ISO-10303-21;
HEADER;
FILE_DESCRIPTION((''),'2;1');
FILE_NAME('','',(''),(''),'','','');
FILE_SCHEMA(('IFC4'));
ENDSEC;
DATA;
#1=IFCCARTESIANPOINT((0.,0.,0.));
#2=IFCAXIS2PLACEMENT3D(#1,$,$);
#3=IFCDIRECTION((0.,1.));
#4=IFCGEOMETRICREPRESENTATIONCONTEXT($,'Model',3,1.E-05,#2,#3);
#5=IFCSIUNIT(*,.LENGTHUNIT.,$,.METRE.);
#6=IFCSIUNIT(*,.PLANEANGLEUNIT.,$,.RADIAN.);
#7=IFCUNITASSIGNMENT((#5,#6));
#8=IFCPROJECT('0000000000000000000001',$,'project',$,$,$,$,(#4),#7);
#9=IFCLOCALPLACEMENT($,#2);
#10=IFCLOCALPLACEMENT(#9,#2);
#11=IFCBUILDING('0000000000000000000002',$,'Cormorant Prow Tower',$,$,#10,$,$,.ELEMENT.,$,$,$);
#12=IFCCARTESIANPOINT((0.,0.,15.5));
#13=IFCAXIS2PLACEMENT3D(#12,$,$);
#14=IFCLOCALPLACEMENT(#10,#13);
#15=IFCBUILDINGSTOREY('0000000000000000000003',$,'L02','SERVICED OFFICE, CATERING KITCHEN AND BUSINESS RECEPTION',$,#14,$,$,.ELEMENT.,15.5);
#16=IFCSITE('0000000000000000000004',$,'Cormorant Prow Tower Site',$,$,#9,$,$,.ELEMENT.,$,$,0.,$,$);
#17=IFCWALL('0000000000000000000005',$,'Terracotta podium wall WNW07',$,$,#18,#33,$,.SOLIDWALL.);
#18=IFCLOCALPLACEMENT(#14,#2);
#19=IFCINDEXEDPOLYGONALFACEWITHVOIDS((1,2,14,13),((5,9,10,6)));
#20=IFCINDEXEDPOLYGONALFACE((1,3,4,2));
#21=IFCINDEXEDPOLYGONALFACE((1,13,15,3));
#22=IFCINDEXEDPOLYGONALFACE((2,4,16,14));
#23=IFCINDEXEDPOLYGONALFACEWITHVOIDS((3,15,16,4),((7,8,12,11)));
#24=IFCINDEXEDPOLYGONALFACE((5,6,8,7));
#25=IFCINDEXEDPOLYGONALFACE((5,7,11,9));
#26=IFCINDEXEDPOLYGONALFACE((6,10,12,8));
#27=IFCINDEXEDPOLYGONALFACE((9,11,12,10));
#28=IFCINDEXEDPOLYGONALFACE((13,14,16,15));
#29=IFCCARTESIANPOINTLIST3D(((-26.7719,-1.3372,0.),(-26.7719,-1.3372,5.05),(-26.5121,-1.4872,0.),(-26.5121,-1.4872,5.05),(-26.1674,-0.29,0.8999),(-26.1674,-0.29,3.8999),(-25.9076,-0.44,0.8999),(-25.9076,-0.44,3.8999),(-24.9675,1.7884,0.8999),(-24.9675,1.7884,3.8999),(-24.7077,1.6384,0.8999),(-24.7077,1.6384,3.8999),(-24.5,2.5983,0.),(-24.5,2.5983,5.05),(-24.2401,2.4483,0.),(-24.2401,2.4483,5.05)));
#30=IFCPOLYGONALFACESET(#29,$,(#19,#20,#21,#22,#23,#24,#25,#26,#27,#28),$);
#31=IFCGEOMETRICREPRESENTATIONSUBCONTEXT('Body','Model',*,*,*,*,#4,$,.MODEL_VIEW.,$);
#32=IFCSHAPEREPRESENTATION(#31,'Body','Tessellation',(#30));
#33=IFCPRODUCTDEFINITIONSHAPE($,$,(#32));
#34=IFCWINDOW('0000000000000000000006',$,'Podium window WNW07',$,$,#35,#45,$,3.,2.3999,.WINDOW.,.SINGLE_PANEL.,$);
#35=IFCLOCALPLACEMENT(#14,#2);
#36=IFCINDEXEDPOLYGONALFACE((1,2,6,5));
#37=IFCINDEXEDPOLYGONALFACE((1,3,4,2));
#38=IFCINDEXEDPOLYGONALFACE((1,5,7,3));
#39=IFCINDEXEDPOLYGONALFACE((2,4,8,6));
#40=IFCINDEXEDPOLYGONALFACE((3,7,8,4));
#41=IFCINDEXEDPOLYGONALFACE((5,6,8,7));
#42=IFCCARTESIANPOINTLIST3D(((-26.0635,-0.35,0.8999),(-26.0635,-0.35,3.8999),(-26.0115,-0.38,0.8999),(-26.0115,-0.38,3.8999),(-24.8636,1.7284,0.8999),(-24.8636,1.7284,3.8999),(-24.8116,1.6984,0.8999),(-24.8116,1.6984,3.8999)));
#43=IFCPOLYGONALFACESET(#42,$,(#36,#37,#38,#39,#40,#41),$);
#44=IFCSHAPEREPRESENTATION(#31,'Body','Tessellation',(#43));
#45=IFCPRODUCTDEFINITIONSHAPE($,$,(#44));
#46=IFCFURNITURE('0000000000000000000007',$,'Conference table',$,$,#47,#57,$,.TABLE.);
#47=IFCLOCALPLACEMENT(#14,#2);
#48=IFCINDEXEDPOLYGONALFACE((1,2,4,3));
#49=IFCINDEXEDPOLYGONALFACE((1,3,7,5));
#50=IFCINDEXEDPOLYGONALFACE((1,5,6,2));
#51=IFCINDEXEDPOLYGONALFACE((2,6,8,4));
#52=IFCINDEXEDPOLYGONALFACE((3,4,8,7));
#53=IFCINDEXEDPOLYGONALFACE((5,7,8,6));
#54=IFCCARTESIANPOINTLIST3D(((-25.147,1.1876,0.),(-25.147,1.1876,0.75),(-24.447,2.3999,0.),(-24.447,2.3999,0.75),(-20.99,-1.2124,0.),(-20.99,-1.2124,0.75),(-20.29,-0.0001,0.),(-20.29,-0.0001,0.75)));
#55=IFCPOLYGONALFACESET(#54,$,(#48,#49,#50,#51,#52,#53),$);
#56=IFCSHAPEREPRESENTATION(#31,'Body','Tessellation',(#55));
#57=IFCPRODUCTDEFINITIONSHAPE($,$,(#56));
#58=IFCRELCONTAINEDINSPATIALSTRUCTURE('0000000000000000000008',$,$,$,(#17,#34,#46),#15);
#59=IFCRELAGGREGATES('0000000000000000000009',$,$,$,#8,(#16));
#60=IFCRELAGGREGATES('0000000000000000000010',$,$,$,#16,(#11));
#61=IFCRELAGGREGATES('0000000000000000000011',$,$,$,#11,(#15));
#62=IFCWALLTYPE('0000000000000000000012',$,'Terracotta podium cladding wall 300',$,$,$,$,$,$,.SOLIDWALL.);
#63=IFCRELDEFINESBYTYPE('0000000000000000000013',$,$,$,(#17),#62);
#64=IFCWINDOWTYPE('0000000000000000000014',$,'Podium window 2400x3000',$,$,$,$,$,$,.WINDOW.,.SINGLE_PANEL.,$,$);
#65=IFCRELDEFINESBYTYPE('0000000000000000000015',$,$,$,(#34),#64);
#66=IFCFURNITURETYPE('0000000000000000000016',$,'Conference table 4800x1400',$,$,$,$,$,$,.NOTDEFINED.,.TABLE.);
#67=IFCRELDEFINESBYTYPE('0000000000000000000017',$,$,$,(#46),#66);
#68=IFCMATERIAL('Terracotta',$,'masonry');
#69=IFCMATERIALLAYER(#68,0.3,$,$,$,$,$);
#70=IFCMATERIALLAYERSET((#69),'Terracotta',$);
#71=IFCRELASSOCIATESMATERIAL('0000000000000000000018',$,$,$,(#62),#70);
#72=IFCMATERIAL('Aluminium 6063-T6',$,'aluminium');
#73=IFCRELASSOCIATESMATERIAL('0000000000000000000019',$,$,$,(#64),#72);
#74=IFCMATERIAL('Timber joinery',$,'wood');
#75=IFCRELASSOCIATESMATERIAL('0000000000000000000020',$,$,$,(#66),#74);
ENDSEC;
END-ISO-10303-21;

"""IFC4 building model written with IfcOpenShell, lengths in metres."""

from ifc_helpers import new_model, si_unit, direction, frame, frame_2d, origin, origin_2d, place, context, subcontext, project, spatial, rectangle, extrude, material, layer, layer_set, type_object, element, fill, save


model = new_model("IFC4")

# Units and contexts
model_context = context("Model", 3, precision=1e-05, world=origin(), true_north=direction((0.0, 1.0)))
body_context = subcontext(model_context, "Body", "Model", "MODEL_VIEW")
ifc_project = project(units=[si_unit("LENGTHUNIT", "METRE"), si_unit("PLANEANGLEUNIT", "RADIAN")], contexts=[model_context])

# Site, building, storey
site_placement = place(None, origin())
site = spatial("IfcSite", under=ifc_project, at=site_placement, Name="Cormorant Prow Tower Site", CompositionType="ELEMENT", RefElevation=0.0)
building_placement = place(site_placement, origin())
building = spatial("IfcBuilding", under=site, at=building_placement, Name="Cormorant Prow Tower", CompositionType="ELEMENT")
storey_placement = place(building_placement, frame((0.0, 0.0, 15.5)))
storey = spatial("IfcBuildingStorey", under=building, at=storey_placement, Name="L02", Description="SERVICED OFFICE, CATERING KITCHEN AND BUSINESS RECEPTION", CompositionType="ELEMENT", Elevation=15.5)

# Wall, opening, window
ifc_material_1 = material(Name="Terracotta", Category="masonry")
ifc_layer_1 = layer(ifc_material_1, 0.3)
ifc_layer_set_1 = layer_set([ifc_layer_1], Name="Terracotta")
wall_type_1 = type_object("IfcWallType", Name="Terracotta podium cladding wall 300", PredefinedType="SOLIDWALL", material=ifc_layer_set_1)
ifc_material_2 = material(Name="Aluminium 6063-T6", Category="aluminium")
window_type = type_object("IfcWindowType", Name="Podium window 2400x3000", PartitioningType="SINGLE_PANEL", PredefinedType="WINDOW", material=ifc_material_2)
wall_1_placement = place(storey_placement, frame((-24.3701, 2.5232, 0.0), z_axis=(0.0, 0.0, 1.0), x_axis=(-0.499964, -0.866046, 0.0)))
wall_1 = element("IfcWall", 1, at=wall_1_placement, inside=storey, type_object=wall_type_1, Name="Terracotta podium wall WNW07", PredefinedType="SOLIDWALL", context=body_context, shape_type="SweptSolid", body=[
    extrude(rectangle(XDim=4.5442, YDim=0.3, at=frame_2d((2.272, 0.0))), origin(), (0.0, 0.0, 1.0), 5.05),
])
opening_1_placement = place(wall_1_placement, frame((0.9351, 0.0, 0.8999)))
opening_1 = element("IfcOpeningElement", 2, at=opening_1_placement, cuts=wall_1, PredefinedType="OPENING", context=body_context, shape_type="SweptSolid", body=[
    extrude(rectangle(XDim=2.3999, YDim=3.0, at=frame_2d((1.2, 1.5))), frame((0.0, 0.1599, 0.0), z_axis=(0.0, -1.0, 0.0), x_axis=(1.0, 0.0, 0.0)), (0.0, 0.0, 1.0), 0.3201),
])
window_1_placement = place(opening_1_placement, origin())
window_1 = element("IfcWindow", 3, at=window_1_placement, inside=storey, type_object=window_type, Name="Podium window WNW07", OverallHeight=3.0, OverallWidth=2.3999, PartitioningType="SINGLE_PANEL", PredefinedType="WINDOW", context=body_context, shape_type="SweptSolid", body=[
    extrude(rectangle(XDim=2.3999, YDim=3.0, at=frame_2d((1.2, 1.5))), frame((0.0, 0.03, 0.0), z_axis=(0.0, -1.0, 0.0), x_axis=(1.0, 0.0, 0.0)), (0.0, 0.0, 1.0), 0.0601),
])
fill(opening_1, window_1)

# Furniture
ifc_material_3 = material(Name="Timber joinery", Category="wood")
furniture_type = type_object("IfcFurnitureType", Name="Conference table 4800x1400", AssemblyPlace="NOTDEFINED", PredefinedType="TABLE", material=ifc_material_3)
furniture_placement = place(storey_placement, frame((-22.7185, 0.5938, 0.0), z_axis=(0.0, 0.0, 1.0), x_axis=(0.866025, -0.5, 0.0)))
element("IfcFurniture", 4, at=furniture_placement, inside=storey, type_object=furniture_type, Name="Conference table", PredefinedType="TABLE", context=body_context, shape_type="SweptSolid", body=[
    extrude(rectangle(XDim=4.8, YDim=1.3999, at=origin_2d()), origin(), (0.0, 0.0, 1.0), 0.75),
])

save(model, "model.ifc")
